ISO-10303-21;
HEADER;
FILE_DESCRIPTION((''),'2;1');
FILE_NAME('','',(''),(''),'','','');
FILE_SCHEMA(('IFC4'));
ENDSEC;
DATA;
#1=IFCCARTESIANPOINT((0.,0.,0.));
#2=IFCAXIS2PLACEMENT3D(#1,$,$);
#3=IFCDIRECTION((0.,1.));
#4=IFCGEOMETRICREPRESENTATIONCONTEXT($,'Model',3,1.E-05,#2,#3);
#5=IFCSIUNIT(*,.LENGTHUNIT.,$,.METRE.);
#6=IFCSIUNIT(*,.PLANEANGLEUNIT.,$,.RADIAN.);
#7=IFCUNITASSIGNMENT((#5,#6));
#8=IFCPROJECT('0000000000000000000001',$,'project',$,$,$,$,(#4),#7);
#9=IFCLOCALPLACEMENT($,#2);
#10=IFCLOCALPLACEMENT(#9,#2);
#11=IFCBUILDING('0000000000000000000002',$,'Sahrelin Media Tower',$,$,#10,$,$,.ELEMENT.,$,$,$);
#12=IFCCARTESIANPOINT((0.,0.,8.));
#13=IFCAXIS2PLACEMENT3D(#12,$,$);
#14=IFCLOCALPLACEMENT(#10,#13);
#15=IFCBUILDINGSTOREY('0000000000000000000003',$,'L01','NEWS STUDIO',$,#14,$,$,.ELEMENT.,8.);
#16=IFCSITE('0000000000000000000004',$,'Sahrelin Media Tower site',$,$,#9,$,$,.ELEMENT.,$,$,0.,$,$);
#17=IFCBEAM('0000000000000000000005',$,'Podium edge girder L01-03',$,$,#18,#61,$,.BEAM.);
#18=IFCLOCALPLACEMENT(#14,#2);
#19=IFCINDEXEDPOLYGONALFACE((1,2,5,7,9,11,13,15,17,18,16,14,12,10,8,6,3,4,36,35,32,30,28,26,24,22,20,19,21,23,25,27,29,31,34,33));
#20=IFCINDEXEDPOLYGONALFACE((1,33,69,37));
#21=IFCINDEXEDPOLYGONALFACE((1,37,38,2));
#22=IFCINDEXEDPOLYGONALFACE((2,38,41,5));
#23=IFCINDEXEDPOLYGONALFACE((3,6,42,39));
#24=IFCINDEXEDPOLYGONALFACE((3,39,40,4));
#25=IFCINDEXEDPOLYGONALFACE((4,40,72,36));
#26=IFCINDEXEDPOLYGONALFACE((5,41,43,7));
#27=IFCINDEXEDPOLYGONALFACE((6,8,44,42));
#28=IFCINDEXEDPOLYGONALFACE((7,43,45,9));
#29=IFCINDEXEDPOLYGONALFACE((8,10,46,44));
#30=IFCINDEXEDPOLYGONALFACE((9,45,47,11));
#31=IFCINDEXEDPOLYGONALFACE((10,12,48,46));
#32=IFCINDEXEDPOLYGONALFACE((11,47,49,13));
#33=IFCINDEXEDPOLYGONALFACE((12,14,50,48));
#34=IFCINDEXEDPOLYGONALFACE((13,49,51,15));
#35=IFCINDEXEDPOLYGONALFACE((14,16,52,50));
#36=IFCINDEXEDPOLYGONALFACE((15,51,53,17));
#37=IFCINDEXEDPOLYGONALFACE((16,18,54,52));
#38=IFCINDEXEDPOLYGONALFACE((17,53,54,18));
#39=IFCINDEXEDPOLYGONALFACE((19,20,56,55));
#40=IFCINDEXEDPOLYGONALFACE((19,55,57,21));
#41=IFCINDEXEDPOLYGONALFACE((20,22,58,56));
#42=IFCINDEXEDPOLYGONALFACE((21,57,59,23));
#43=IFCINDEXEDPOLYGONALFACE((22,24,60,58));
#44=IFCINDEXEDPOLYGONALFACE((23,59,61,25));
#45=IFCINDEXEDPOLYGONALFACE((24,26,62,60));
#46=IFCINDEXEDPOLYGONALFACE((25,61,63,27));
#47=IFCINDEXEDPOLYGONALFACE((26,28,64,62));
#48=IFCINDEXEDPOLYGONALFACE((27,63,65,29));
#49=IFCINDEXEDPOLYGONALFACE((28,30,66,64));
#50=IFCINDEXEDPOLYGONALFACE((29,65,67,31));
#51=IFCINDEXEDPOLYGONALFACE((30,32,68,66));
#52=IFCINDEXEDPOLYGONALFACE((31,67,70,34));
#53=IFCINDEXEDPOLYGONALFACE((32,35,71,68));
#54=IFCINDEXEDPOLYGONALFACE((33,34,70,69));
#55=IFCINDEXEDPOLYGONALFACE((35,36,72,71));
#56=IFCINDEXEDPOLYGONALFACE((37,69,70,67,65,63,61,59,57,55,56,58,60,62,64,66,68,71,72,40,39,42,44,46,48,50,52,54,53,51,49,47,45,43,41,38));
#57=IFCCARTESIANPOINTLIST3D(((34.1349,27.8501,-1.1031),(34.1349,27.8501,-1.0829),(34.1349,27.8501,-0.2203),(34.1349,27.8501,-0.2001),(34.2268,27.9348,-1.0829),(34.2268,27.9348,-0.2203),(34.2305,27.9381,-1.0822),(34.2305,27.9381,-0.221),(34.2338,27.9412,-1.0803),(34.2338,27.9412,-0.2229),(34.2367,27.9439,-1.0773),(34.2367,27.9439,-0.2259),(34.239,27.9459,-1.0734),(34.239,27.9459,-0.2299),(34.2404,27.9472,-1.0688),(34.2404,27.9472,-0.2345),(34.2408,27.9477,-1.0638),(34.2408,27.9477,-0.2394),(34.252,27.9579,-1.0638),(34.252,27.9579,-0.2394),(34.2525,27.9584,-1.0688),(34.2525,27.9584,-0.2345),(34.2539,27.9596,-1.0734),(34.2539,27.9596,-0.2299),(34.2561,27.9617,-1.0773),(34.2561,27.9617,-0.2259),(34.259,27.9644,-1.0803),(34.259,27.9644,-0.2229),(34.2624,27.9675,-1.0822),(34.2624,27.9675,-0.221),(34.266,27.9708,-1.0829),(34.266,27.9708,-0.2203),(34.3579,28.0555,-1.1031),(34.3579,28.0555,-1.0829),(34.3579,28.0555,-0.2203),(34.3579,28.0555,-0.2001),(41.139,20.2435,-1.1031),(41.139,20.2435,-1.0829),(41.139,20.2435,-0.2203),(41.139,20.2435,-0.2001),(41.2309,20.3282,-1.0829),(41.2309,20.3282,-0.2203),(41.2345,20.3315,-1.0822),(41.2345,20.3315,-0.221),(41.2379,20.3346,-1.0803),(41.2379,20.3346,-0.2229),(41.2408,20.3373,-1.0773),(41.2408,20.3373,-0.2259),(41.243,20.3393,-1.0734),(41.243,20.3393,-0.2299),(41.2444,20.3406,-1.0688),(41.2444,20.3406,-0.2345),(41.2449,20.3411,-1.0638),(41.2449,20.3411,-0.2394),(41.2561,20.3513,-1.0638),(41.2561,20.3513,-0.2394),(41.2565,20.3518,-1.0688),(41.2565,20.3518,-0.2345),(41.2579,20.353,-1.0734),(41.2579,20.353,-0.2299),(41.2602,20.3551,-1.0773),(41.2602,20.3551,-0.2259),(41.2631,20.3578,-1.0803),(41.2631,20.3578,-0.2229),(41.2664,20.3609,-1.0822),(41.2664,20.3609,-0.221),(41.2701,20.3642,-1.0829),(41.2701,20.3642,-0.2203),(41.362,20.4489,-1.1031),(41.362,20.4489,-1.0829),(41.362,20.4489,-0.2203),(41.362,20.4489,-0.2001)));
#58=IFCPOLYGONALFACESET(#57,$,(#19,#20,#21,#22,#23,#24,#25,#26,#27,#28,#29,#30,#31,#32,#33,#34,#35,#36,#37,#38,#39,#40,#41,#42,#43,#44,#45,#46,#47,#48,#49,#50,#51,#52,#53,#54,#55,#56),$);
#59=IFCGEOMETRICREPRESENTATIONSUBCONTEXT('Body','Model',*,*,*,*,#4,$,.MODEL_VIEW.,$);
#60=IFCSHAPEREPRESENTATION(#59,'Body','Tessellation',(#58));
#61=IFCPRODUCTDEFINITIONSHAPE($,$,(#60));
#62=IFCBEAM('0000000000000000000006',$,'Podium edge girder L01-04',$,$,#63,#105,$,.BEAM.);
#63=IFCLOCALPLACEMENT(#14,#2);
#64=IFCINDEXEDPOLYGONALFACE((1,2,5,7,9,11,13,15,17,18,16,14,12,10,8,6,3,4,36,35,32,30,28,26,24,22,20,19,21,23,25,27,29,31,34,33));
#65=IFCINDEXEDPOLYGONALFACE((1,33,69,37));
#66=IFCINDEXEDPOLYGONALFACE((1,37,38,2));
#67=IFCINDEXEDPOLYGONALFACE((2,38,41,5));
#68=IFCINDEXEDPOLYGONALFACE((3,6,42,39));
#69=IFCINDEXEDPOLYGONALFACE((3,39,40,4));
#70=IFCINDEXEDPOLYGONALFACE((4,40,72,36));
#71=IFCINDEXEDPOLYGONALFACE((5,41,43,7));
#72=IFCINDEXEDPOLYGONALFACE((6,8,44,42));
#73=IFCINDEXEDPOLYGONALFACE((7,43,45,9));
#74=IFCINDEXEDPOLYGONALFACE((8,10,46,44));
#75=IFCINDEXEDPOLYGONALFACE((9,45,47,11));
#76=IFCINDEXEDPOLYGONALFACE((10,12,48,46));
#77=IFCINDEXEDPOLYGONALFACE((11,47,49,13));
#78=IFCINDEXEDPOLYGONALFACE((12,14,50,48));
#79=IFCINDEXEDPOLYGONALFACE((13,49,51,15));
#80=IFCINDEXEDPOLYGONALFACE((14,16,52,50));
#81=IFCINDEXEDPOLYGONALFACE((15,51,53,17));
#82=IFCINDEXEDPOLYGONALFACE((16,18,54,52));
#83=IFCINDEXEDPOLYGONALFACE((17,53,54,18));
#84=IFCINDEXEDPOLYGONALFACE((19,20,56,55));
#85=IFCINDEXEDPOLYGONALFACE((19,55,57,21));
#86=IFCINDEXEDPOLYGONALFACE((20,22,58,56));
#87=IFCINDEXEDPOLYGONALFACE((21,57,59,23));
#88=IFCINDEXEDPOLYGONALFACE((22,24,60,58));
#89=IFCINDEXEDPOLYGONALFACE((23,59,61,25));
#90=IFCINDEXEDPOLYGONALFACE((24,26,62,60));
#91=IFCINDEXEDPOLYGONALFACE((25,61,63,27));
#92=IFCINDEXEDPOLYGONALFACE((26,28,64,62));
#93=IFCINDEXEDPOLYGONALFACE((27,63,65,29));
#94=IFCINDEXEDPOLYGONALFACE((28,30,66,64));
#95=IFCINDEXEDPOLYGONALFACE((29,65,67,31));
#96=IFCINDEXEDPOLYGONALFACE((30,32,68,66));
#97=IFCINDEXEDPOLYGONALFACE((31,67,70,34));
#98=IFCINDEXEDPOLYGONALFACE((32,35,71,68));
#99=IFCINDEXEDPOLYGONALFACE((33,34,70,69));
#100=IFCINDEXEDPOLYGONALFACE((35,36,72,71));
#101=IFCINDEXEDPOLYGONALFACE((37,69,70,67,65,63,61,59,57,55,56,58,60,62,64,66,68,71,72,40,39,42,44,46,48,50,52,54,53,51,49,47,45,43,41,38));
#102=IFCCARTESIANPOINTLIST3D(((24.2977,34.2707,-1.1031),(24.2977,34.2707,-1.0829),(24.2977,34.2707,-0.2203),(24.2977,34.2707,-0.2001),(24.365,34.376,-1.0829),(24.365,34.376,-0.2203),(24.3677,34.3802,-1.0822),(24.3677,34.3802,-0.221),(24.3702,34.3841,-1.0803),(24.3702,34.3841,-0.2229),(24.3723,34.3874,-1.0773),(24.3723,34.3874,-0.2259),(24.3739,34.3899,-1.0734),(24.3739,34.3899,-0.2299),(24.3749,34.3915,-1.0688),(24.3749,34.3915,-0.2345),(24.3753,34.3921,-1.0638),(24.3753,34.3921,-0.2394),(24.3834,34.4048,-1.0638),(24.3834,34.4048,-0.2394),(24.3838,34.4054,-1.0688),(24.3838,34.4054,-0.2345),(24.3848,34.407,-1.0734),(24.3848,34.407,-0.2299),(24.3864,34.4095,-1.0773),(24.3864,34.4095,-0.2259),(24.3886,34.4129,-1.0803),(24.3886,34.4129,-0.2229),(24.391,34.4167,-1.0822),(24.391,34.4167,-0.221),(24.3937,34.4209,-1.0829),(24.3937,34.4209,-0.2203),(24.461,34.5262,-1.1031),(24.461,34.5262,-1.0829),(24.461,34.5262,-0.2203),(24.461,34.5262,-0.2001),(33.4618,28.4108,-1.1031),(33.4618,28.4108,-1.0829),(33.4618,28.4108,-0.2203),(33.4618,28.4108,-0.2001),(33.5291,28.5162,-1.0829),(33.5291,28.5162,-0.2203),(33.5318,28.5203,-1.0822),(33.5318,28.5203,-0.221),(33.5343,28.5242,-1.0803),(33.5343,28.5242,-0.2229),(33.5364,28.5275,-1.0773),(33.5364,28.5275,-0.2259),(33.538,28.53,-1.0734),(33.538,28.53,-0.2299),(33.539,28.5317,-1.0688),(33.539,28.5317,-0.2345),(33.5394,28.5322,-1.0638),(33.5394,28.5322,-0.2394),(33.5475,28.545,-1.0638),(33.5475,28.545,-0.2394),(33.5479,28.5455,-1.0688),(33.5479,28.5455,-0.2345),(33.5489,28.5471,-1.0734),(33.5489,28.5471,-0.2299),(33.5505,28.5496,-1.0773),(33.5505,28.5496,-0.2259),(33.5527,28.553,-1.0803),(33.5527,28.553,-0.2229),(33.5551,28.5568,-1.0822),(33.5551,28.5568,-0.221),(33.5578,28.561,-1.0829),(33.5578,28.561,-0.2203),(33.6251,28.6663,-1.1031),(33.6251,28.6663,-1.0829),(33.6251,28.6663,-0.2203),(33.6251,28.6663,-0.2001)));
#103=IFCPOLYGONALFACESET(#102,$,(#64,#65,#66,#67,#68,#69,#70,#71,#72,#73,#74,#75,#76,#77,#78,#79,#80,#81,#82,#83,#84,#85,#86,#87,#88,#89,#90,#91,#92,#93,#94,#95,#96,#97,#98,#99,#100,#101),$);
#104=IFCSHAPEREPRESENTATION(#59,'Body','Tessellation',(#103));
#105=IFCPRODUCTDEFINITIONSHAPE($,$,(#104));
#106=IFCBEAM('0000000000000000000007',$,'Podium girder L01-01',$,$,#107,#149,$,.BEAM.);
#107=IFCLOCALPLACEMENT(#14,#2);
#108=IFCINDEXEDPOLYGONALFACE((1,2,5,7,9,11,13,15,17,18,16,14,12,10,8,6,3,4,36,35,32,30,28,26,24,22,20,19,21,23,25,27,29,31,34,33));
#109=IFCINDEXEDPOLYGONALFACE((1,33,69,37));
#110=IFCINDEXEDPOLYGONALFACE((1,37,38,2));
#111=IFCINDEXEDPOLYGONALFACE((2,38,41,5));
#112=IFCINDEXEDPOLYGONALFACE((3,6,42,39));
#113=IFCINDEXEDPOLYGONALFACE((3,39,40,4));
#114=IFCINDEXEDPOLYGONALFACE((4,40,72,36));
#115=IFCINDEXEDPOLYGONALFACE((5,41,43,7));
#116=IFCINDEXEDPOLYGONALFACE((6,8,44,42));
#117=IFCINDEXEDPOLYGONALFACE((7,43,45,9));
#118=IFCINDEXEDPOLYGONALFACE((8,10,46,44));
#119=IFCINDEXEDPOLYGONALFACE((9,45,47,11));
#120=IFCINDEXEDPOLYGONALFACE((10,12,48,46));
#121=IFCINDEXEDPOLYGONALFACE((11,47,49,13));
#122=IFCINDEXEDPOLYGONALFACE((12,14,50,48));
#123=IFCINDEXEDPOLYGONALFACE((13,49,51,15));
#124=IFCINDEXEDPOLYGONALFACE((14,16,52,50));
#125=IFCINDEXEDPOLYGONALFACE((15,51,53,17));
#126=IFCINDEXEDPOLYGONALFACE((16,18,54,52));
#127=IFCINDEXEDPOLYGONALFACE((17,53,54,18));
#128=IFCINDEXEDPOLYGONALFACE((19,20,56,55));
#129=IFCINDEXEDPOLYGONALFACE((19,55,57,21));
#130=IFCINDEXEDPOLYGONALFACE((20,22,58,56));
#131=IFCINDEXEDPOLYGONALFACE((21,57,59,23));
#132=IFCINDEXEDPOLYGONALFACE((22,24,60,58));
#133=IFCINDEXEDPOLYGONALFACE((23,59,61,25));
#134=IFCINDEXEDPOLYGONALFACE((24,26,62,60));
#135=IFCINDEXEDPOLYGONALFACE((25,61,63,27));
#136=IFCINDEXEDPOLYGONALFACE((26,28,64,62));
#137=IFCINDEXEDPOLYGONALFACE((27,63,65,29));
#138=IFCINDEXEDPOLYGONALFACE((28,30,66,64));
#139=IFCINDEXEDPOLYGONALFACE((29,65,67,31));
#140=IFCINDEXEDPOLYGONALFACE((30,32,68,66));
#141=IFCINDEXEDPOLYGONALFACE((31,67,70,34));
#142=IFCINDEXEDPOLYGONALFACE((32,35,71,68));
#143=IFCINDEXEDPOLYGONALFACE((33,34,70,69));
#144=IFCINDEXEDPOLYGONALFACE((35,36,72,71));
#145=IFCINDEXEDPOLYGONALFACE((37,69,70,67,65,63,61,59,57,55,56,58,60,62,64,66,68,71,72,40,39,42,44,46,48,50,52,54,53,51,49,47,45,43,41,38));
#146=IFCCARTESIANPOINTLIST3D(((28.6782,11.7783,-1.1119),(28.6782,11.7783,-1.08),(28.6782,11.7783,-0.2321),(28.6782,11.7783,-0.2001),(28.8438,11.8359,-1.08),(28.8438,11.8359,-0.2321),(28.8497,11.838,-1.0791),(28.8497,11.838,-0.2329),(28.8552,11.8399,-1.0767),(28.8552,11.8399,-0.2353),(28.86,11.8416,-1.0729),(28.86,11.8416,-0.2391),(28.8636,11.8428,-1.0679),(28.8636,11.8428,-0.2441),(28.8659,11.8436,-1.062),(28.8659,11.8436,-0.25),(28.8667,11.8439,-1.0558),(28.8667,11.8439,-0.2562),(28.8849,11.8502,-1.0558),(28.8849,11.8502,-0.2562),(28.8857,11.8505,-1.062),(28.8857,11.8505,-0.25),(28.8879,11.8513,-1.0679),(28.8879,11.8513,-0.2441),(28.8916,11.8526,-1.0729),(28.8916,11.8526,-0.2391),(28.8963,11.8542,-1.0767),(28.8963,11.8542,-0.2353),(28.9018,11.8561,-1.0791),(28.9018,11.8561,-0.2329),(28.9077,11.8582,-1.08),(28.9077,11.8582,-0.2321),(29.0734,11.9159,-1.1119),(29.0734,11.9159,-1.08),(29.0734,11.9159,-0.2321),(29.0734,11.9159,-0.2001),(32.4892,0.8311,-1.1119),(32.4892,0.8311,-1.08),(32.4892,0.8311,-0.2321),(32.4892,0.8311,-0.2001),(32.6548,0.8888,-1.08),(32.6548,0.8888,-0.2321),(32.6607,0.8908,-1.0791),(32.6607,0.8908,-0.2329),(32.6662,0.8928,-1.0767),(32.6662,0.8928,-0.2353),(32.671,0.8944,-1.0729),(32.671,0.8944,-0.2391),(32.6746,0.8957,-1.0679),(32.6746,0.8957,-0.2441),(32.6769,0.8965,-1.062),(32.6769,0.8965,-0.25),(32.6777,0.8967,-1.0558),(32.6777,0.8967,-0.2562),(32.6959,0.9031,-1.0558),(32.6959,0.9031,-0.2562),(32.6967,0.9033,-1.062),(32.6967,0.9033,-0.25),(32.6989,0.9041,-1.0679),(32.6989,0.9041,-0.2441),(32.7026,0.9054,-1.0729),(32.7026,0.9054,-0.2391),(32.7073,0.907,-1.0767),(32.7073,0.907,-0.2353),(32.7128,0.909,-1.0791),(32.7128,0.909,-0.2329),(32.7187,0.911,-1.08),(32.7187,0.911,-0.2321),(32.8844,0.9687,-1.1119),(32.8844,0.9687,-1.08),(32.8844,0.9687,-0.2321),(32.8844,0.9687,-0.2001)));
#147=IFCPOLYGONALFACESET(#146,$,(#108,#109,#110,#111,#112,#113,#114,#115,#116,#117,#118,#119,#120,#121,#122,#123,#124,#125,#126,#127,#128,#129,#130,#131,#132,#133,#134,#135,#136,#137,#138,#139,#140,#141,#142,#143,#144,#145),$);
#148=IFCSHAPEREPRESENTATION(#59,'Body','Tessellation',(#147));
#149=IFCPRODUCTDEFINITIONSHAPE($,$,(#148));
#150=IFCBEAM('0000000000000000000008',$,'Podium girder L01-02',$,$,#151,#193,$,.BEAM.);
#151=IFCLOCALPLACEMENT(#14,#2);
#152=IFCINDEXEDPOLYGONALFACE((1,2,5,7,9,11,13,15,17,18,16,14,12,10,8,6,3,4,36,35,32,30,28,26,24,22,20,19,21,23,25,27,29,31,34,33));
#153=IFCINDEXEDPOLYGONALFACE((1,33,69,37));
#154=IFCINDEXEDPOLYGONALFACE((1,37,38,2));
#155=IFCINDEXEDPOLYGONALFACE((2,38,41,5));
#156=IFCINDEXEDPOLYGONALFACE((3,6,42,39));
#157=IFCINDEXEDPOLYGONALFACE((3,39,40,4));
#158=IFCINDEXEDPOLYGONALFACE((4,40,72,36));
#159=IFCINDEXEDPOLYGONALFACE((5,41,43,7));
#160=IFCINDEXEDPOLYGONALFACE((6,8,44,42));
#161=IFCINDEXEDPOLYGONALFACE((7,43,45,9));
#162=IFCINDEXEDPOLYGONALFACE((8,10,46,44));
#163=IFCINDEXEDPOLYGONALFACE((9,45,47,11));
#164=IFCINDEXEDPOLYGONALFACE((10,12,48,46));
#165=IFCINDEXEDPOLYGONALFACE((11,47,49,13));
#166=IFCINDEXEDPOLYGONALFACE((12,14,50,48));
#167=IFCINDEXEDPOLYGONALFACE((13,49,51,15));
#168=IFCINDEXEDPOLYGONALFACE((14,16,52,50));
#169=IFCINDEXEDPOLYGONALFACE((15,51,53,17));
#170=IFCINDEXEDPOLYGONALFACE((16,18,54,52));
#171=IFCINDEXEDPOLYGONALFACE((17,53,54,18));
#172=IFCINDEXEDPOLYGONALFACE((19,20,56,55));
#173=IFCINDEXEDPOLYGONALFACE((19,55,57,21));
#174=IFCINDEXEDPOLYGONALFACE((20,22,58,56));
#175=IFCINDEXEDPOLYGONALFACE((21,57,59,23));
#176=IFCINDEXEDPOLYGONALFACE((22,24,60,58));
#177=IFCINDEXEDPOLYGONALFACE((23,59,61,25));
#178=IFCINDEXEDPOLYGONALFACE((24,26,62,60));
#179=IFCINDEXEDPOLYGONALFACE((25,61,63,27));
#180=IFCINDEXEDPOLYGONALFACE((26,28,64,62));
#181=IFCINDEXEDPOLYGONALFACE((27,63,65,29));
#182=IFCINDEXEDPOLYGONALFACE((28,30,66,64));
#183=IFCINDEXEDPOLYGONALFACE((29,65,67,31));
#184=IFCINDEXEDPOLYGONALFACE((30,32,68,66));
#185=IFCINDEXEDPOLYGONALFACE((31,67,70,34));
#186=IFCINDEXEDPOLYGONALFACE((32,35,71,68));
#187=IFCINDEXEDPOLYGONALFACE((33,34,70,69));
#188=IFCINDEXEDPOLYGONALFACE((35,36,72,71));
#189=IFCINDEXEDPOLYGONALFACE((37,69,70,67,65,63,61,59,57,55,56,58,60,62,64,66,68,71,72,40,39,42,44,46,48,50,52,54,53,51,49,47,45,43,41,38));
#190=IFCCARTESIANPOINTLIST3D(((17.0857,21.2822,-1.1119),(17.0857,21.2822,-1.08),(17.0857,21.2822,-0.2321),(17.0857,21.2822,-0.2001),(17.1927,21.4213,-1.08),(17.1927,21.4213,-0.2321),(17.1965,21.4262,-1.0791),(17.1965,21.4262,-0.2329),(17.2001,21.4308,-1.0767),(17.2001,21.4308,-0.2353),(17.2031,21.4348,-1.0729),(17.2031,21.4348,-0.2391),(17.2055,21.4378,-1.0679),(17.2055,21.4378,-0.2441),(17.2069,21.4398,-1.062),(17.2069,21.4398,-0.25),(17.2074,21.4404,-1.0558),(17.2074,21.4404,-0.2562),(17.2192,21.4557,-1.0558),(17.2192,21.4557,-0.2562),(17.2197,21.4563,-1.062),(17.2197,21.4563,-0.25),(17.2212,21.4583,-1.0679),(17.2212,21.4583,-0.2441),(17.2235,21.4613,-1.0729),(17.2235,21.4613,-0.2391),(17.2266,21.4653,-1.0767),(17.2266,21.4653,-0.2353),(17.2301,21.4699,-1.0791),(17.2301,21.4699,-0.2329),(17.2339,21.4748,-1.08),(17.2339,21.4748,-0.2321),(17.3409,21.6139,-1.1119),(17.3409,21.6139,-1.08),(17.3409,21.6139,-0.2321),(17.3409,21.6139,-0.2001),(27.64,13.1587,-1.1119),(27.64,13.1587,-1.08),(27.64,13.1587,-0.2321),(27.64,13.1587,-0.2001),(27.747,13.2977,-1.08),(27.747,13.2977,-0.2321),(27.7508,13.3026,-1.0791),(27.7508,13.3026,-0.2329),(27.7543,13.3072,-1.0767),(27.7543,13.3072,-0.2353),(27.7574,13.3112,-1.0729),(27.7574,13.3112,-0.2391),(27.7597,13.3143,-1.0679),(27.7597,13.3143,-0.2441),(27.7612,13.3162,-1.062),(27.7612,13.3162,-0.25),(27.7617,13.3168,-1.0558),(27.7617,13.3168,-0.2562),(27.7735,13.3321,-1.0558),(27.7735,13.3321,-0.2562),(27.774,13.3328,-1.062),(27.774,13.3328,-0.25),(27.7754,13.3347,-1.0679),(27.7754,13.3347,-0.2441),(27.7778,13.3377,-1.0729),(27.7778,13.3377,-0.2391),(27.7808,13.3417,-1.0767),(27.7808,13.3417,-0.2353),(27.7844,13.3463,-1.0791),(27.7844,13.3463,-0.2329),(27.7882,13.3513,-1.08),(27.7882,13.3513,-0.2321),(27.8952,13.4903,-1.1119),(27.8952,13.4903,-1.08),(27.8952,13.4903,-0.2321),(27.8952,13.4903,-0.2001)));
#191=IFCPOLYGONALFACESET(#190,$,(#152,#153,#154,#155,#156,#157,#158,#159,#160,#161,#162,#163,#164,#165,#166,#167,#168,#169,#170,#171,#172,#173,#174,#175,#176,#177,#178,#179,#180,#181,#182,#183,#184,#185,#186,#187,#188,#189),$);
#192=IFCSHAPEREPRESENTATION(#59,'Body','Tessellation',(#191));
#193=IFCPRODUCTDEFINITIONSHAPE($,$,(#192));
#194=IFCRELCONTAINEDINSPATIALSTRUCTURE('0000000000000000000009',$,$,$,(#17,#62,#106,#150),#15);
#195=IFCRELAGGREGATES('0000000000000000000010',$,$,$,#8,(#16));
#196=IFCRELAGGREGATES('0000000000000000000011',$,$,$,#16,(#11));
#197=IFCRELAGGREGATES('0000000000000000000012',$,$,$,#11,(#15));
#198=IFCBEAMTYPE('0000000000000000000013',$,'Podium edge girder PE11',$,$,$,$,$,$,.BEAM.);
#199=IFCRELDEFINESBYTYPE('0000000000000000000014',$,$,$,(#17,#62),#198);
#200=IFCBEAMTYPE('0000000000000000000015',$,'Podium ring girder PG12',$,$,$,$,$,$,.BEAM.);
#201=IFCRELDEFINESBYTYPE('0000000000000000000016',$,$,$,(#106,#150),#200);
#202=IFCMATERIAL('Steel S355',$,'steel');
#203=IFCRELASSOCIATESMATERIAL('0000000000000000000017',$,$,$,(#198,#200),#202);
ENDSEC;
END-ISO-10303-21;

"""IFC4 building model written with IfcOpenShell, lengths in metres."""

from ifc_helpers import new_model, si_unit, direction, frame, origin, origin_2d, place, context, subcontext, project, spatial, i_section, extrude, material, material_profile, profile_set, type_object, element, save


model = new_model("IFC4")

# Units and contexts
model_context = context("Model", 3, precision=1e-05, world=origin(), true_north=direction((0.0, 1.0)))
body_context = subcontext(model_context, "Body", "Model", "MODEL_VIEW")
ifc_project = project(units=[si_unit("LENGTHUNIT", "METRE"), si_unit("PLANEANGLEUNIT", "RADIAN")], contexts=[model_context])

# Site, building, storey
site_placement = place(None, origin())
site = spatial("IfcSite", under=ifc_project, at=site_placement, Name="Sahrelin Media Tower site", CompositionType="ELEMENT", RefElevation=0.0)
building_placement = place(site_placement, origin())
building = spatial("IfcBuilding", under=site, at=building_placement, Name="Sahrelin Media Tower", CompositionType="ELEMENT")
storey_placement = place(building_placement, frame((0.0, 0.0, 8.0)))
storey = spatial("IfcBuildingStorey", under=building, at=storey_placement, Name="L01", Description="NEWS STUDIO", CompositionType="ELEMENT", Elevation=8.0)

# Beams
ifc_material_1 = material(Name="Steel S355", Category="steel")
ifc_material_profile_1 = material_profile(ifc_material_1, i_section(OverallWidth=0.3032, OverallDepth=0.9031, WebThickness=0.0151, FlangeThickness=0.0203, FilletRadius=0.019, at=origin_2d()), Name="UB 914x305x201")
ifc_profile_set_1 = profile_set([ifc_material_profile_1], Name="Steel S355")
beam_type_1 = type_object("IfcBeamType", Name="Podium edge girder PE11", PredefinedType="BEAM", material=ifc_profile_set_1)
beam_1_placement = place(storey_placement, frame((41.2505, 20.3462, -0.6516), z_axis=(-0.677371, 0.735642, 0.0), x_axis=(-0.735642, -0.677371, 0.0)))
element("IfcBeam", 1, at=beam_1_placement, inside=storey, type_object=beam_type_1, Name="Podium edge girder L01-03", PredefinedType="BEAM", context=body_context, shape_type="SweptSolid", body=[
    extrude(i_section(OverallWidth=0.3032, OverallDepth=0.9031, WebThickness=0.0151, FlangeThickness=0.0203, FilletRadius=0.019, at=origin_2d()), origin(), (0.0, 0.0, 1.0), 10.3401),
])
beam_2_placement = place(storey_placement, frame((33.5435, 28.5386, -0.6516), z_axis=(-0.842486, 0.538719, 0.0), x_axis=(-0.538719, -0.842486, 0.0)))
element("IfcBeam", 2, at=beam_2_placement, inside=storey, type_object=beam_type_1, Name="Podium edge girder L01-04", PredefinedType="BEAM", context=body_context, shape_type="SweptSolid", body=[
    extrude(i_section(OverallWidth=0.3032, OverallDepth=0.9031, WebThickness=0.0151, FlangeThickness=0.0203, FilletRadius=0.019, at=origin_2d()), origin(), (0.0, 0.0, 1.0), 10.8774),
])
ifc_material_profile_2 = material_profile(ifc_material_1, i_section(OverallWidth=0.4185, OverallDepth=0.9119, WebThickness=0.0193, FlangeThickness=0.032, FilletRadius=0.0242, at=origin_2d()), Name="UB 914x419x343")
ifc_profile_set_2 = profile_set([ifc_material_profile_2], Name="Steel S355")
beam_type_2 = type_object("IfcBeamType", Name="Podium ring girder PG12", PredefinedType="BEAM", material=ifc_profile_set_2)
beam_3_placement = place(storey_placement, frame((32.6868, 0.8999, -0.656), z_axis=(-0.328774, 0.944409, 0.0), x_axis=(-0.944409, -0.328774, 0.0)))
element("IfcBeam", 3, at=beam_3_placement, inside=storey, type_object=beam_type_2, Name="Podium girder L01-01", PredefinedType="BEAM", context=body_context, shape_type="SweptSolid", body=[
    extrude(i_section(OverallWidth=0.4185, OverallDepth=0.9119, WebThickness=0.0193, FlangeThickness=0.032, FilletRadius=0.0242, at=origin_2d()), origin(), (0.0, 0.0, 1.0), 11.5916),
])
beam_4_placement = place(storey_placement, frame((27.7676, 13.3245, -0.656), z_axis=(-0.792445, 0.609943, 0.0), x_axis=(-0.609943, -0.792445, 0.0)))
element("IfcBeam", 4, at=beam_4_placement, inside=storey, type_object=beam_type_2, Name="Podium girder L01-02", PredefinedType="BEAM", context=body_context, shape_type="SweptSolid", body=[
    extrude(i_section(OverallWidth=0.4185, OverallDepth=0.9119, WebThickness=0.0193, FlangeThickness=0.032, FilletRadius=0.0242, at=origin_2d()), origin(), (0.0, 0.0, 1.0), 13.3186),
])

save(model, "model.ifc")
